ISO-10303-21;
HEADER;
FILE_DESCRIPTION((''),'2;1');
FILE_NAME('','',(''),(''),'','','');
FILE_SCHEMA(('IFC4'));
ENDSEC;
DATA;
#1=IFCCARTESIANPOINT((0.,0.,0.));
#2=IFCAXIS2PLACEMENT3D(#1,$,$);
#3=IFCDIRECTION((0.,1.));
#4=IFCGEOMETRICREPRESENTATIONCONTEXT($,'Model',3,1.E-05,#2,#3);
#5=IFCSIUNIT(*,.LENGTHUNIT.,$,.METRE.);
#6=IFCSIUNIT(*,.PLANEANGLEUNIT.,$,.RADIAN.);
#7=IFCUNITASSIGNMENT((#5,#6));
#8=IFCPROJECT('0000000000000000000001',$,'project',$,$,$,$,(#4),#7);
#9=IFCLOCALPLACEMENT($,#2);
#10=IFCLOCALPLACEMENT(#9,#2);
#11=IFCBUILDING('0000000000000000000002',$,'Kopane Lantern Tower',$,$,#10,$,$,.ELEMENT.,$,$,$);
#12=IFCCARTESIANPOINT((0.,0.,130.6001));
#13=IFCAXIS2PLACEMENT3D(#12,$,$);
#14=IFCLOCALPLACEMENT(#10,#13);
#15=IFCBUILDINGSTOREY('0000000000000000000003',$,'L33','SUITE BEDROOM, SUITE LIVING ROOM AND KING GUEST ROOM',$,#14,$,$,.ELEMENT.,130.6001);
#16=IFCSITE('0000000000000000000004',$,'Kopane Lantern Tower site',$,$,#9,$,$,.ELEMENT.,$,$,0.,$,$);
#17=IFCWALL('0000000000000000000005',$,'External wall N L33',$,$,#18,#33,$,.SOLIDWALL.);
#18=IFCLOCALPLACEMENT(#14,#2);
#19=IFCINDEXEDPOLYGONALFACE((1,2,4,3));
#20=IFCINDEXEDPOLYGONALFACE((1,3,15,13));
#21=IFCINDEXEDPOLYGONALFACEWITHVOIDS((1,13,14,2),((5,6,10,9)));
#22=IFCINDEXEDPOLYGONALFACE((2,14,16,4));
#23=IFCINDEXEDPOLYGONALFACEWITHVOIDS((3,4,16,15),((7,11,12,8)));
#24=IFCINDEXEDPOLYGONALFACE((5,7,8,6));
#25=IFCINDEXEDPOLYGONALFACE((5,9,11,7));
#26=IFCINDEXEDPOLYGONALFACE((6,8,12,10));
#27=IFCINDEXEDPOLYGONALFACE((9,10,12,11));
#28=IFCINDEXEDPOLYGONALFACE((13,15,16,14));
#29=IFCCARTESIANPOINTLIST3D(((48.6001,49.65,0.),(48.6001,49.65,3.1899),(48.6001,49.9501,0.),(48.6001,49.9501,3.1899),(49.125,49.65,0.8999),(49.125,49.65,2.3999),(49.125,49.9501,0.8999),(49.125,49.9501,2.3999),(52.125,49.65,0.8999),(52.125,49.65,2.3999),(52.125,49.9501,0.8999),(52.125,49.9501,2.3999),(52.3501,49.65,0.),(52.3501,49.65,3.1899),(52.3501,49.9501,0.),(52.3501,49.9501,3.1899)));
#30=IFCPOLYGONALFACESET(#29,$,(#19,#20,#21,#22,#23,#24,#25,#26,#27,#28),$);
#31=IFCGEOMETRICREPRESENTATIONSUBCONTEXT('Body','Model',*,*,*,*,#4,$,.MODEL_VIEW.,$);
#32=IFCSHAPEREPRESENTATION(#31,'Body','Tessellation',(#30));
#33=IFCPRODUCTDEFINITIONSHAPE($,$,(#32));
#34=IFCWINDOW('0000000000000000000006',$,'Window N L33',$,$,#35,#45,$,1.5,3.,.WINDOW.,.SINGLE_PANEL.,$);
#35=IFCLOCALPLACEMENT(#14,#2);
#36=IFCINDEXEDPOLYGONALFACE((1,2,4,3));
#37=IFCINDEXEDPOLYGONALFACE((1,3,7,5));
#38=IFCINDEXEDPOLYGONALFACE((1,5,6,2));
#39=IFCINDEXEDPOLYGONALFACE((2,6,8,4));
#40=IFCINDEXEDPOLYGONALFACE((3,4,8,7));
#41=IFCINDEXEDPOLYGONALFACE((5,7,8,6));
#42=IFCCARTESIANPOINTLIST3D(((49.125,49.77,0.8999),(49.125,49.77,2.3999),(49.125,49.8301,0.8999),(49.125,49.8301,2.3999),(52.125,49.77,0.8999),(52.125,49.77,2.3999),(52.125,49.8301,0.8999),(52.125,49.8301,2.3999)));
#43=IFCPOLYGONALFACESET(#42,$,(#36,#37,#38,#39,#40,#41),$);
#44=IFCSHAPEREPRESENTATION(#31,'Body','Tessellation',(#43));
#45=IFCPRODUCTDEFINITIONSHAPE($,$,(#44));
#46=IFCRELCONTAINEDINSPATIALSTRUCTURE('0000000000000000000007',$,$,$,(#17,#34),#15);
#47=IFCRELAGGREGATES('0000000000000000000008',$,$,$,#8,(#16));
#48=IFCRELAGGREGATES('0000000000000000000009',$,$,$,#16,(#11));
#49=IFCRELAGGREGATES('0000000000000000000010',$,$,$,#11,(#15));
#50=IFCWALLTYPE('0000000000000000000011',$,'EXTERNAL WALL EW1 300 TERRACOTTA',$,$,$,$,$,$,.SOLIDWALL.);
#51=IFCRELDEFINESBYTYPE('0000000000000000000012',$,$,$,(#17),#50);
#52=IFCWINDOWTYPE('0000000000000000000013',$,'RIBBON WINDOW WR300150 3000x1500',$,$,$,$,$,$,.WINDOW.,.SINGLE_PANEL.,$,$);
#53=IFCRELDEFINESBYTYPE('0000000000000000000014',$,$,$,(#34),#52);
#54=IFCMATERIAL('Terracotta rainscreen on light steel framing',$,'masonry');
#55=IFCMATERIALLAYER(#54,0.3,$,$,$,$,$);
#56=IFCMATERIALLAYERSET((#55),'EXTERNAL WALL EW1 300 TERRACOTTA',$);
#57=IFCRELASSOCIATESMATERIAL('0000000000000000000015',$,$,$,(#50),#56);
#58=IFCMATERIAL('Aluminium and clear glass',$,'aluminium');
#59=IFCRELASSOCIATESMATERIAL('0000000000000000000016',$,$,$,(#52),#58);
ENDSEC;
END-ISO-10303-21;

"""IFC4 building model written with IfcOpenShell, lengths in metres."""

from ifc_helpers import new_model, si_unit, direction, frame, frame_2d, origin, place, context, subcontext, project, spatial, rectangle, extrude, material, layer, layer_set, type_object, element, fill, save


model = new_model("IFC4")

# Units and contexts
model_context = context("Model", 3, precision=1e-05, world=origin(), true_north=direction((0.0, 1.0)))
body_context = subcontext(model_context, "Body", "Model", "MODEL_VIEW")
ifc_project = project(units=[si_unit("LENGTHUNIT", "METRE"), si_unit("PLANEANGLEUNIT", "RADIAN")], contexts=[model_context])

# Site, building, storey
site_placement = place(None, origin())
site = spatial("IfcSite", under=ifc_project, at=site_placement, Name="Kopane Lantern Tower site", CompositionType="ELEMENT", RefElevation=0.0)
building_placement = place(site_placement, origin())
building = spatial("IfcBuilding", under=site, at=building_placement, Name="Kopane Lantern Tower", CompositionType="ELEMENT")
storey_placement = place(building_placement, frame((0.0, 0.0, 130.6001)))
storey = spatial("IfcBuildingStorey", under=building, at=storey_placement, Name="L33", Description="SUITE BEDROOM, SUITE LIVING ROOM AND KING GUEST ROOM", CompositionType="ELEMENT", Elevation=130.6001)

# Wall, opening, window
ifc_material_1 = material(Name="Terracotta rainscreen on light steel framing", Category="masonry")
ifc_layer_1 = layer(ifc_material_1, 0.3)
ifc_layer_set_1 = layer_set([ifc_layer_1], Name="EXTERNAL WALL EW1 300 TERRACOTTA")
wall_type_1 = type_object("IfcWallType", Name="EXTERNAL WALL EW1 300 TERRACOTTA", PredefinedType="SOLIDWALL", material=ifc_layer_set_1)
wall_1_placement = place(storey_placement, frame((52.3501, 49.8, 0.0), z_axis=(0.0, 0.0, 1.0), x_axis=(-1.0, 0.0, 0.0)))
wall_1 = element("IfcWall", 1, at=wall_1_placement, inside=storey, type_object=wall_type_1, Name="External wall N L33", PredefinedType="SOLIDWALL", context=body_context, shape_type="SweptSolid", body=[
    extrude(rectangle(XDim=3.75, YDim=0.3, at=frame_2d((1.875, 0.0))), origin(), (0.0, 0.0, 1.0), 3.1899),
])
opening_placement = place(wall_1_placement, frame((0.2251, 0.0, 0.8999)))
opening = element("IfcOpeningElement", 2, at=opening_placement, cuts=wall_1, PredefinedType="OPENING", context=body_context, shape_type="SweptSolid", body=[
    extrude(rectangle(XDim=3.0, YDim=1.5, at=frame_2d((1.5, 0.75))), frame((0.0, 0.1599, 0.0), z_axis=(0.0, -1.0, 0.0), x_axis=(1.0, 0.0, 0.0)), (0.0, 0.0, 1.0), 0.3201),
])
ifc_material_2 = material(Name="Aluminium and clear glass", Category="aluminium")
window_type = type_object("IfcWindowType", Name="RIBBON WINDOW WR300150 3000x1500", PartitioningType="SINGLE_PANEL", PredefinedType="WINDOW", material=ifc_material_2)
window_placement = place(opening_placement, origin())
window = element("IfcWindow", 3, at=window_placement, inside=storey, type_object=window_type, Name="Window N L33", OverallHeight=1.5, OverallWidth=3.0, PartitioningType="SINGLE_PANEL", PredefinedType="WINDOW", context=body_context, shape_type="SweptSolid", body=[
    extrude(rectangle(XDim=3.0, YDim=1.5, at=frame_2d((1.5, 0.75))), frame((0.0, 0.03, 0.0), z_axis=(0.0, -1.0, 0.0), x_axis=(1.0, 0.0, 0.0)), (0.0, 0.0, 1.0), 0.0601),
])
fill(opening, window)

save(model, "model.ifc")
